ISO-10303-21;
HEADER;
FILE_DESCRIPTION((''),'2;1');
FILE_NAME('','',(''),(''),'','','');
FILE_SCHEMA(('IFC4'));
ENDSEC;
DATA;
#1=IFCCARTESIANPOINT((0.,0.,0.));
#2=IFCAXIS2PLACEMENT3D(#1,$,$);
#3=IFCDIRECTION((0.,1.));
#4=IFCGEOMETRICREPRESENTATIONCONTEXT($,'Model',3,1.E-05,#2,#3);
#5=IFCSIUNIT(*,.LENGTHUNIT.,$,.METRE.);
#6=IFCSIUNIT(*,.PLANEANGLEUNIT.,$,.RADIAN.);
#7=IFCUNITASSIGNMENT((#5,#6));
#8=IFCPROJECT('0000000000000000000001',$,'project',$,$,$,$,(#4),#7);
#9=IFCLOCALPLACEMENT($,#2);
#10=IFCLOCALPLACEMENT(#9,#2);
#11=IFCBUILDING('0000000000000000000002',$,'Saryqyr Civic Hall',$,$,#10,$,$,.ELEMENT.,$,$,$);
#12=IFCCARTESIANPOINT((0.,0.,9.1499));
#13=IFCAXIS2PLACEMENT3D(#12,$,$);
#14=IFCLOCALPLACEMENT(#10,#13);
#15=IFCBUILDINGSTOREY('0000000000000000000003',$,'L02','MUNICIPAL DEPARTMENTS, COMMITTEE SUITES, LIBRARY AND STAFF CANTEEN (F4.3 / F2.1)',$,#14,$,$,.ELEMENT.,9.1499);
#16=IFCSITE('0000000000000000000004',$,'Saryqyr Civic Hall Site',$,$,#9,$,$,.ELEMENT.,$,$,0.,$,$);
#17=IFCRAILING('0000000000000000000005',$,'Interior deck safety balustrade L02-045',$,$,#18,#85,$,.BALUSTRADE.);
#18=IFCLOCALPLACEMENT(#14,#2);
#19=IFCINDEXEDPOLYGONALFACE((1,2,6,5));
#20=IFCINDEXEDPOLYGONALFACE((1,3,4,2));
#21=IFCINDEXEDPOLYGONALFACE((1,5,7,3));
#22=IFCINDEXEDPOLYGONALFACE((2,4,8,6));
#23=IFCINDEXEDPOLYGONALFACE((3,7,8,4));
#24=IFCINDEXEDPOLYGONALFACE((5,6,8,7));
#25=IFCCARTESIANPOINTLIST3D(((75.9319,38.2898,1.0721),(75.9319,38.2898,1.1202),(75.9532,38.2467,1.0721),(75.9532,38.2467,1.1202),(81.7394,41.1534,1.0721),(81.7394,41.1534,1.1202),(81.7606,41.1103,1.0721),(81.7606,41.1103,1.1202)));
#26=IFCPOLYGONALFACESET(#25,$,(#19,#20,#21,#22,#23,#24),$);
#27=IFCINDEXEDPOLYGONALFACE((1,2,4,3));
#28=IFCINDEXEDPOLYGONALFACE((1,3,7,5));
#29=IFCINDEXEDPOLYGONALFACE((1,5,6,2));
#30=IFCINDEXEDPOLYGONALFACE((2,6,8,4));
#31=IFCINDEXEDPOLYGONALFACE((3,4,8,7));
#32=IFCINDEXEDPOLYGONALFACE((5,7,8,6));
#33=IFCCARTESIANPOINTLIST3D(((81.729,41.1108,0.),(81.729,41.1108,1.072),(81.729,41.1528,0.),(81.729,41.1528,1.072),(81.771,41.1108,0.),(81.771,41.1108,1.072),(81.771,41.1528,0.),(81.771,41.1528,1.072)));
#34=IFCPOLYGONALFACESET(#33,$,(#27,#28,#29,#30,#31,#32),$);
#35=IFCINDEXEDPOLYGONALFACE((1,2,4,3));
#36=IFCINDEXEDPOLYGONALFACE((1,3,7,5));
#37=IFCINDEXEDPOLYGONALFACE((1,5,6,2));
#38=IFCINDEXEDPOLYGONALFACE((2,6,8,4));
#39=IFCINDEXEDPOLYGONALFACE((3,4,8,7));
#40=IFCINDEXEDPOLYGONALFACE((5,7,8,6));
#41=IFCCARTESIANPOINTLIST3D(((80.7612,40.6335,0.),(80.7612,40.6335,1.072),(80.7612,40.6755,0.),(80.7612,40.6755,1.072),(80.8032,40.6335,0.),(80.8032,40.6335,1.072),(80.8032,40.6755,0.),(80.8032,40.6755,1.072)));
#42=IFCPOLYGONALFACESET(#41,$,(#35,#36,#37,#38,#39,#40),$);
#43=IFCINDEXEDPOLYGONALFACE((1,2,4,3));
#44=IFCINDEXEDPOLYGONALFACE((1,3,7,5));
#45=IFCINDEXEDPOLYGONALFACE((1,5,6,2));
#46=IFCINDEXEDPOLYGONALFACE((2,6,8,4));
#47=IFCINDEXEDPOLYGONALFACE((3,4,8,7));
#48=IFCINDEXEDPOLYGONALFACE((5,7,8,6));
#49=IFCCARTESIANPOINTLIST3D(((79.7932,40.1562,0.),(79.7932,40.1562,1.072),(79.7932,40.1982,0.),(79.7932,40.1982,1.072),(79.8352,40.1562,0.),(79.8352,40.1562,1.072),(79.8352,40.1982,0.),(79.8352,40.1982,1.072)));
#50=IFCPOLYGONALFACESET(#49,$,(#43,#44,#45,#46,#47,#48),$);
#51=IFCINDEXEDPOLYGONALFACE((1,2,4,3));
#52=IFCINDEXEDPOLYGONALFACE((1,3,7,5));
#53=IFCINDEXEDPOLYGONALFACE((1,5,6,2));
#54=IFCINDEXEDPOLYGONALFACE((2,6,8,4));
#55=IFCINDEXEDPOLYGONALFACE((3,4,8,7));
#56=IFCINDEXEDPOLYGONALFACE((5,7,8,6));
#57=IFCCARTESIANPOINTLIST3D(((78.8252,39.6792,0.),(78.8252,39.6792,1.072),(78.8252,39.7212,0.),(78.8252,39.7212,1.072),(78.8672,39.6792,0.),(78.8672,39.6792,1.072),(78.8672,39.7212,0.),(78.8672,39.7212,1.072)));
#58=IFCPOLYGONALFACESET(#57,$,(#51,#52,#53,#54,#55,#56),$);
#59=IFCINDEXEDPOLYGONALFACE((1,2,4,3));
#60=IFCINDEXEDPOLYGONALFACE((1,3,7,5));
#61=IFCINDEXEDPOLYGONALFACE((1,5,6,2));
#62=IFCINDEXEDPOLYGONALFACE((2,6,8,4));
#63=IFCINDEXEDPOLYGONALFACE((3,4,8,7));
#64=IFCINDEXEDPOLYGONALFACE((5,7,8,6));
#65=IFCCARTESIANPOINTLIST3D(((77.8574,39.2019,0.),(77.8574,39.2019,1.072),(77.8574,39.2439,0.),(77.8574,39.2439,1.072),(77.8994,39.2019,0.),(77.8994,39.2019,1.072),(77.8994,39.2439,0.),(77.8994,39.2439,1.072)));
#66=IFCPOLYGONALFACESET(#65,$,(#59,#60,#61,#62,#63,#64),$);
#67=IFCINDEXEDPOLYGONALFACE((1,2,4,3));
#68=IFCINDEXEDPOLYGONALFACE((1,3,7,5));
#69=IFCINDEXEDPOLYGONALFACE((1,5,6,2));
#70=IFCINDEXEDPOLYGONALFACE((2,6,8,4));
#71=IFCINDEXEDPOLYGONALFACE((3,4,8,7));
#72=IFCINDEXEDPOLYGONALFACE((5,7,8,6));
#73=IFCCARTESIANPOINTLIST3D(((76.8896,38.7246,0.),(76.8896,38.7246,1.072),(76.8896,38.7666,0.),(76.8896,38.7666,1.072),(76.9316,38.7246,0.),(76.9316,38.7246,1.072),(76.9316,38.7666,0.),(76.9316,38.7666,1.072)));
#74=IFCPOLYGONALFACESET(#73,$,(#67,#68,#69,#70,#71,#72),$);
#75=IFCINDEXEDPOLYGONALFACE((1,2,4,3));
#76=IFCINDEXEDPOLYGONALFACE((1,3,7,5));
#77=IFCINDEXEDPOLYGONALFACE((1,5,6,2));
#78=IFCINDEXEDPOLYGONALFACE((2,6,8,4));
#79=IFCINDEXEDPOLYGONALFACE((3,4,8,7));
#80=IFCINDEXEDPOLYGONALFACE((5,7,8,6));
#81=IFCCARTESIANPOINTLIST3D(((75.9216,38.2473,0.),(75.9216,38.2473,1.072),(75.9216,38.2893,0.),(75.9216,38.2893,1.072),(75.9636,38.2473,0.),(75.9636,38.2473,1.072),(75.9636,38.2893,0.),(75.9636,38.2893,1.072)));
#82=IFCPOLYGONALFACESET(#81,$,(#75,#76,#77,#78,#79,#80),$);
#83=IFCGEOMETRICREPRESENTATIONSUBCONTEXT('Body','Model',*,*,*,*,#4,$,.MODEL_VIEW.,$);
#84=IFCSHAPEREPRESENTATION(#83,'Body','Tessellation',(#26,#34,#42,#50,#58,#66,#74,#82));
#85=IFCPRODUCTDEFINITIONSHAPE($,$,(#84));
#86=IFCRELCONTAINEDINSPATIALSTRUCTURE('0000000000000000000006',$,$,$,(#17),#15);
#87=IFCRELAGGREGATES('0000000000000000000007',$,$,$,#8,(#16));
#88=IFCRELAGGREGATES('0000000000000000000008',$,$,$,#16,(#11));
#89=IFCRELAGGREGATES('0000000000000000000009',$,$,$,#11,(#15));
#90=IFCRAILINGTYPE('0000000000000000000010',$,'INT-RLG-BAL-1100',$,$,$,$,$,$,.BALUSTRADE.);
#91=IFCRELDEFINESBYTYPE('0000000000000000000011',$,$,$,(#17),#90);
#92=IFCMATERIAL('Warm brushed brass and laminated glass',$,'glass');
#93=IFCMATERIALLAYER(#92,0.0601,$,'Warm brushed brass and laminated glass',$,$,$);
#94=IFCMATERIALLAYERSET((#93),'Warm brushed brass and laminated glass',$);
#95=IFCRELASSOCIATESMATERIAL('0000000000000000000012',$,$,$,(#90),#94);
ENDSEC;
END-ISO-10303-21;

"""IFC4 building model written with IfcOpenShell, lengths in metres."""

from ifc_helpers import new_model, si_unit, direction, frame, origin, origin_2d, place, context, subcontext, project, spatial, rectangle, extrude, material, layer, layer_set, type_object, element, save


model = new_model("IFC4")

# Units and contexts
model_context = context("Model", 3, precision=1e-05, world=origin(), true_north=direction((0.0, 1.0)))
body_context = subcontext(model_context, "Body", "Model", "MODEL_VIEW")
ifc_project = project(units=[si_unit("LENGTHUNIT", "METRE"), si_unit("PLANEANGLEUNIT", "RADIAN")], contexts=[model_context])

# Site, building, storey
site_placement = place(None, origin())
site = spatial("IfcSite", under=ifc_project, at=site_placement, Name="Saryqyr Civic Hall Site", CompositionType="ELEMENT", RefElevation=0.0)
building_placement = place(site_placement, origin())
building = spatial("IfcBuilding", under=site, at=building_placement, Name="Saryqyr Civic Hall", CompositionType="ELEMENT")
storey_placement = place(building_placement, frame((0.0, 0.0, 9.1499)))
storey = spatial("IfcBuildingStorey", under=building, at=storey_placement, Name="L02", Description="MUNICIPAL DEPARTMENTS, COMMITTEE SUITES, LIBRARY AND STAFF CANTEEN (F4.3 / F2.1)", CompositionType="ELEMENT", Elevation=9.1499)

# Railing
ifc_material_1 = material(Name="Warm brushed brass and laminated glass", Category="glass")
ifc_layer_1 = layer(ifc_material_1, 0.0601, Name="Warm brushed brass and laminated glass")
ifc_layer_set_1 = layer_set([ifc_layer_1], Name="Warm brushed brass and laminated glass")
railing_type = type_object("IfcRailingType", Name="INT-RLG-BAL-1100", PredefinedType="BALUSTRADE", material=ifc_layer_set_1)
railing_1_placement = place(storey_placement, frame((81.75, 41.1318, 0.0)))
element("IfcRailing", 1, at=railing_1_placement, inside=storey, type_object=railing_type, Name="Interior deck safety balustrade L02-045", PredefinedType="BALUSTRADE", context=body_context, shape_type="SweptSolid", body=[
    extrude(rectangle(XDim=0.0481, YDim=0.0481, at=origin_2d()), frame((0.0, 0.0, 1.0962), z_axis=(-0.896894, -0.442245, 0.0), x_axis=(0.442245, -0.896894, 0.0)), (0.0, 0.0, 1.0), 6.4751),
    extrude(rectangle(XDim=0.042, YDim=0.042, at=origin_2d()), origin(), (0.0, 0.0, 1.0), 1.072),
    extrude(rectangle(XDim=0.042, YDim=0.042, at=origin_2d()), frame((-0.9678, -0.4773, 0.0)), (0.0, 0.0, 1.0), 1.072),
    extrude(rectangle(XDim=0.042, YDim=0.042, at=origin_2d()), frame((-1.9358, -0.9546, 0.0)), (0.0, 0.0, 1.0), 1.072),
    extrude(rectangle(XDim=0.042, YDim=0.042, at=origin_2d()), frame((-2.9038, -1.4316, 0.0)), (0.0, 0.0, 1.0), 1.072),
    extrude(rectangle(XDim=0.042, YDim=0.042, at=origin_2d()), frame((-3.8716, -1.9089, 0.0)), (0.0, 0.0, 1.0), 1.072),
    extrude(rectangle(XDim=0.042, YDim=0.042, at=origin_2d()), frame((-4.8394, -2.3862, 0.0)), (0.0, 0.0, 1.0), 1.072),
    extrude(rectangle(XDim=0.042, YDim=0.042, at=origin_2d()), frame((-5.8074, -2.8635, 0.0)), (0.0, 0.0, 1.0), 1.072),
])

save(model, "model.ifc")
